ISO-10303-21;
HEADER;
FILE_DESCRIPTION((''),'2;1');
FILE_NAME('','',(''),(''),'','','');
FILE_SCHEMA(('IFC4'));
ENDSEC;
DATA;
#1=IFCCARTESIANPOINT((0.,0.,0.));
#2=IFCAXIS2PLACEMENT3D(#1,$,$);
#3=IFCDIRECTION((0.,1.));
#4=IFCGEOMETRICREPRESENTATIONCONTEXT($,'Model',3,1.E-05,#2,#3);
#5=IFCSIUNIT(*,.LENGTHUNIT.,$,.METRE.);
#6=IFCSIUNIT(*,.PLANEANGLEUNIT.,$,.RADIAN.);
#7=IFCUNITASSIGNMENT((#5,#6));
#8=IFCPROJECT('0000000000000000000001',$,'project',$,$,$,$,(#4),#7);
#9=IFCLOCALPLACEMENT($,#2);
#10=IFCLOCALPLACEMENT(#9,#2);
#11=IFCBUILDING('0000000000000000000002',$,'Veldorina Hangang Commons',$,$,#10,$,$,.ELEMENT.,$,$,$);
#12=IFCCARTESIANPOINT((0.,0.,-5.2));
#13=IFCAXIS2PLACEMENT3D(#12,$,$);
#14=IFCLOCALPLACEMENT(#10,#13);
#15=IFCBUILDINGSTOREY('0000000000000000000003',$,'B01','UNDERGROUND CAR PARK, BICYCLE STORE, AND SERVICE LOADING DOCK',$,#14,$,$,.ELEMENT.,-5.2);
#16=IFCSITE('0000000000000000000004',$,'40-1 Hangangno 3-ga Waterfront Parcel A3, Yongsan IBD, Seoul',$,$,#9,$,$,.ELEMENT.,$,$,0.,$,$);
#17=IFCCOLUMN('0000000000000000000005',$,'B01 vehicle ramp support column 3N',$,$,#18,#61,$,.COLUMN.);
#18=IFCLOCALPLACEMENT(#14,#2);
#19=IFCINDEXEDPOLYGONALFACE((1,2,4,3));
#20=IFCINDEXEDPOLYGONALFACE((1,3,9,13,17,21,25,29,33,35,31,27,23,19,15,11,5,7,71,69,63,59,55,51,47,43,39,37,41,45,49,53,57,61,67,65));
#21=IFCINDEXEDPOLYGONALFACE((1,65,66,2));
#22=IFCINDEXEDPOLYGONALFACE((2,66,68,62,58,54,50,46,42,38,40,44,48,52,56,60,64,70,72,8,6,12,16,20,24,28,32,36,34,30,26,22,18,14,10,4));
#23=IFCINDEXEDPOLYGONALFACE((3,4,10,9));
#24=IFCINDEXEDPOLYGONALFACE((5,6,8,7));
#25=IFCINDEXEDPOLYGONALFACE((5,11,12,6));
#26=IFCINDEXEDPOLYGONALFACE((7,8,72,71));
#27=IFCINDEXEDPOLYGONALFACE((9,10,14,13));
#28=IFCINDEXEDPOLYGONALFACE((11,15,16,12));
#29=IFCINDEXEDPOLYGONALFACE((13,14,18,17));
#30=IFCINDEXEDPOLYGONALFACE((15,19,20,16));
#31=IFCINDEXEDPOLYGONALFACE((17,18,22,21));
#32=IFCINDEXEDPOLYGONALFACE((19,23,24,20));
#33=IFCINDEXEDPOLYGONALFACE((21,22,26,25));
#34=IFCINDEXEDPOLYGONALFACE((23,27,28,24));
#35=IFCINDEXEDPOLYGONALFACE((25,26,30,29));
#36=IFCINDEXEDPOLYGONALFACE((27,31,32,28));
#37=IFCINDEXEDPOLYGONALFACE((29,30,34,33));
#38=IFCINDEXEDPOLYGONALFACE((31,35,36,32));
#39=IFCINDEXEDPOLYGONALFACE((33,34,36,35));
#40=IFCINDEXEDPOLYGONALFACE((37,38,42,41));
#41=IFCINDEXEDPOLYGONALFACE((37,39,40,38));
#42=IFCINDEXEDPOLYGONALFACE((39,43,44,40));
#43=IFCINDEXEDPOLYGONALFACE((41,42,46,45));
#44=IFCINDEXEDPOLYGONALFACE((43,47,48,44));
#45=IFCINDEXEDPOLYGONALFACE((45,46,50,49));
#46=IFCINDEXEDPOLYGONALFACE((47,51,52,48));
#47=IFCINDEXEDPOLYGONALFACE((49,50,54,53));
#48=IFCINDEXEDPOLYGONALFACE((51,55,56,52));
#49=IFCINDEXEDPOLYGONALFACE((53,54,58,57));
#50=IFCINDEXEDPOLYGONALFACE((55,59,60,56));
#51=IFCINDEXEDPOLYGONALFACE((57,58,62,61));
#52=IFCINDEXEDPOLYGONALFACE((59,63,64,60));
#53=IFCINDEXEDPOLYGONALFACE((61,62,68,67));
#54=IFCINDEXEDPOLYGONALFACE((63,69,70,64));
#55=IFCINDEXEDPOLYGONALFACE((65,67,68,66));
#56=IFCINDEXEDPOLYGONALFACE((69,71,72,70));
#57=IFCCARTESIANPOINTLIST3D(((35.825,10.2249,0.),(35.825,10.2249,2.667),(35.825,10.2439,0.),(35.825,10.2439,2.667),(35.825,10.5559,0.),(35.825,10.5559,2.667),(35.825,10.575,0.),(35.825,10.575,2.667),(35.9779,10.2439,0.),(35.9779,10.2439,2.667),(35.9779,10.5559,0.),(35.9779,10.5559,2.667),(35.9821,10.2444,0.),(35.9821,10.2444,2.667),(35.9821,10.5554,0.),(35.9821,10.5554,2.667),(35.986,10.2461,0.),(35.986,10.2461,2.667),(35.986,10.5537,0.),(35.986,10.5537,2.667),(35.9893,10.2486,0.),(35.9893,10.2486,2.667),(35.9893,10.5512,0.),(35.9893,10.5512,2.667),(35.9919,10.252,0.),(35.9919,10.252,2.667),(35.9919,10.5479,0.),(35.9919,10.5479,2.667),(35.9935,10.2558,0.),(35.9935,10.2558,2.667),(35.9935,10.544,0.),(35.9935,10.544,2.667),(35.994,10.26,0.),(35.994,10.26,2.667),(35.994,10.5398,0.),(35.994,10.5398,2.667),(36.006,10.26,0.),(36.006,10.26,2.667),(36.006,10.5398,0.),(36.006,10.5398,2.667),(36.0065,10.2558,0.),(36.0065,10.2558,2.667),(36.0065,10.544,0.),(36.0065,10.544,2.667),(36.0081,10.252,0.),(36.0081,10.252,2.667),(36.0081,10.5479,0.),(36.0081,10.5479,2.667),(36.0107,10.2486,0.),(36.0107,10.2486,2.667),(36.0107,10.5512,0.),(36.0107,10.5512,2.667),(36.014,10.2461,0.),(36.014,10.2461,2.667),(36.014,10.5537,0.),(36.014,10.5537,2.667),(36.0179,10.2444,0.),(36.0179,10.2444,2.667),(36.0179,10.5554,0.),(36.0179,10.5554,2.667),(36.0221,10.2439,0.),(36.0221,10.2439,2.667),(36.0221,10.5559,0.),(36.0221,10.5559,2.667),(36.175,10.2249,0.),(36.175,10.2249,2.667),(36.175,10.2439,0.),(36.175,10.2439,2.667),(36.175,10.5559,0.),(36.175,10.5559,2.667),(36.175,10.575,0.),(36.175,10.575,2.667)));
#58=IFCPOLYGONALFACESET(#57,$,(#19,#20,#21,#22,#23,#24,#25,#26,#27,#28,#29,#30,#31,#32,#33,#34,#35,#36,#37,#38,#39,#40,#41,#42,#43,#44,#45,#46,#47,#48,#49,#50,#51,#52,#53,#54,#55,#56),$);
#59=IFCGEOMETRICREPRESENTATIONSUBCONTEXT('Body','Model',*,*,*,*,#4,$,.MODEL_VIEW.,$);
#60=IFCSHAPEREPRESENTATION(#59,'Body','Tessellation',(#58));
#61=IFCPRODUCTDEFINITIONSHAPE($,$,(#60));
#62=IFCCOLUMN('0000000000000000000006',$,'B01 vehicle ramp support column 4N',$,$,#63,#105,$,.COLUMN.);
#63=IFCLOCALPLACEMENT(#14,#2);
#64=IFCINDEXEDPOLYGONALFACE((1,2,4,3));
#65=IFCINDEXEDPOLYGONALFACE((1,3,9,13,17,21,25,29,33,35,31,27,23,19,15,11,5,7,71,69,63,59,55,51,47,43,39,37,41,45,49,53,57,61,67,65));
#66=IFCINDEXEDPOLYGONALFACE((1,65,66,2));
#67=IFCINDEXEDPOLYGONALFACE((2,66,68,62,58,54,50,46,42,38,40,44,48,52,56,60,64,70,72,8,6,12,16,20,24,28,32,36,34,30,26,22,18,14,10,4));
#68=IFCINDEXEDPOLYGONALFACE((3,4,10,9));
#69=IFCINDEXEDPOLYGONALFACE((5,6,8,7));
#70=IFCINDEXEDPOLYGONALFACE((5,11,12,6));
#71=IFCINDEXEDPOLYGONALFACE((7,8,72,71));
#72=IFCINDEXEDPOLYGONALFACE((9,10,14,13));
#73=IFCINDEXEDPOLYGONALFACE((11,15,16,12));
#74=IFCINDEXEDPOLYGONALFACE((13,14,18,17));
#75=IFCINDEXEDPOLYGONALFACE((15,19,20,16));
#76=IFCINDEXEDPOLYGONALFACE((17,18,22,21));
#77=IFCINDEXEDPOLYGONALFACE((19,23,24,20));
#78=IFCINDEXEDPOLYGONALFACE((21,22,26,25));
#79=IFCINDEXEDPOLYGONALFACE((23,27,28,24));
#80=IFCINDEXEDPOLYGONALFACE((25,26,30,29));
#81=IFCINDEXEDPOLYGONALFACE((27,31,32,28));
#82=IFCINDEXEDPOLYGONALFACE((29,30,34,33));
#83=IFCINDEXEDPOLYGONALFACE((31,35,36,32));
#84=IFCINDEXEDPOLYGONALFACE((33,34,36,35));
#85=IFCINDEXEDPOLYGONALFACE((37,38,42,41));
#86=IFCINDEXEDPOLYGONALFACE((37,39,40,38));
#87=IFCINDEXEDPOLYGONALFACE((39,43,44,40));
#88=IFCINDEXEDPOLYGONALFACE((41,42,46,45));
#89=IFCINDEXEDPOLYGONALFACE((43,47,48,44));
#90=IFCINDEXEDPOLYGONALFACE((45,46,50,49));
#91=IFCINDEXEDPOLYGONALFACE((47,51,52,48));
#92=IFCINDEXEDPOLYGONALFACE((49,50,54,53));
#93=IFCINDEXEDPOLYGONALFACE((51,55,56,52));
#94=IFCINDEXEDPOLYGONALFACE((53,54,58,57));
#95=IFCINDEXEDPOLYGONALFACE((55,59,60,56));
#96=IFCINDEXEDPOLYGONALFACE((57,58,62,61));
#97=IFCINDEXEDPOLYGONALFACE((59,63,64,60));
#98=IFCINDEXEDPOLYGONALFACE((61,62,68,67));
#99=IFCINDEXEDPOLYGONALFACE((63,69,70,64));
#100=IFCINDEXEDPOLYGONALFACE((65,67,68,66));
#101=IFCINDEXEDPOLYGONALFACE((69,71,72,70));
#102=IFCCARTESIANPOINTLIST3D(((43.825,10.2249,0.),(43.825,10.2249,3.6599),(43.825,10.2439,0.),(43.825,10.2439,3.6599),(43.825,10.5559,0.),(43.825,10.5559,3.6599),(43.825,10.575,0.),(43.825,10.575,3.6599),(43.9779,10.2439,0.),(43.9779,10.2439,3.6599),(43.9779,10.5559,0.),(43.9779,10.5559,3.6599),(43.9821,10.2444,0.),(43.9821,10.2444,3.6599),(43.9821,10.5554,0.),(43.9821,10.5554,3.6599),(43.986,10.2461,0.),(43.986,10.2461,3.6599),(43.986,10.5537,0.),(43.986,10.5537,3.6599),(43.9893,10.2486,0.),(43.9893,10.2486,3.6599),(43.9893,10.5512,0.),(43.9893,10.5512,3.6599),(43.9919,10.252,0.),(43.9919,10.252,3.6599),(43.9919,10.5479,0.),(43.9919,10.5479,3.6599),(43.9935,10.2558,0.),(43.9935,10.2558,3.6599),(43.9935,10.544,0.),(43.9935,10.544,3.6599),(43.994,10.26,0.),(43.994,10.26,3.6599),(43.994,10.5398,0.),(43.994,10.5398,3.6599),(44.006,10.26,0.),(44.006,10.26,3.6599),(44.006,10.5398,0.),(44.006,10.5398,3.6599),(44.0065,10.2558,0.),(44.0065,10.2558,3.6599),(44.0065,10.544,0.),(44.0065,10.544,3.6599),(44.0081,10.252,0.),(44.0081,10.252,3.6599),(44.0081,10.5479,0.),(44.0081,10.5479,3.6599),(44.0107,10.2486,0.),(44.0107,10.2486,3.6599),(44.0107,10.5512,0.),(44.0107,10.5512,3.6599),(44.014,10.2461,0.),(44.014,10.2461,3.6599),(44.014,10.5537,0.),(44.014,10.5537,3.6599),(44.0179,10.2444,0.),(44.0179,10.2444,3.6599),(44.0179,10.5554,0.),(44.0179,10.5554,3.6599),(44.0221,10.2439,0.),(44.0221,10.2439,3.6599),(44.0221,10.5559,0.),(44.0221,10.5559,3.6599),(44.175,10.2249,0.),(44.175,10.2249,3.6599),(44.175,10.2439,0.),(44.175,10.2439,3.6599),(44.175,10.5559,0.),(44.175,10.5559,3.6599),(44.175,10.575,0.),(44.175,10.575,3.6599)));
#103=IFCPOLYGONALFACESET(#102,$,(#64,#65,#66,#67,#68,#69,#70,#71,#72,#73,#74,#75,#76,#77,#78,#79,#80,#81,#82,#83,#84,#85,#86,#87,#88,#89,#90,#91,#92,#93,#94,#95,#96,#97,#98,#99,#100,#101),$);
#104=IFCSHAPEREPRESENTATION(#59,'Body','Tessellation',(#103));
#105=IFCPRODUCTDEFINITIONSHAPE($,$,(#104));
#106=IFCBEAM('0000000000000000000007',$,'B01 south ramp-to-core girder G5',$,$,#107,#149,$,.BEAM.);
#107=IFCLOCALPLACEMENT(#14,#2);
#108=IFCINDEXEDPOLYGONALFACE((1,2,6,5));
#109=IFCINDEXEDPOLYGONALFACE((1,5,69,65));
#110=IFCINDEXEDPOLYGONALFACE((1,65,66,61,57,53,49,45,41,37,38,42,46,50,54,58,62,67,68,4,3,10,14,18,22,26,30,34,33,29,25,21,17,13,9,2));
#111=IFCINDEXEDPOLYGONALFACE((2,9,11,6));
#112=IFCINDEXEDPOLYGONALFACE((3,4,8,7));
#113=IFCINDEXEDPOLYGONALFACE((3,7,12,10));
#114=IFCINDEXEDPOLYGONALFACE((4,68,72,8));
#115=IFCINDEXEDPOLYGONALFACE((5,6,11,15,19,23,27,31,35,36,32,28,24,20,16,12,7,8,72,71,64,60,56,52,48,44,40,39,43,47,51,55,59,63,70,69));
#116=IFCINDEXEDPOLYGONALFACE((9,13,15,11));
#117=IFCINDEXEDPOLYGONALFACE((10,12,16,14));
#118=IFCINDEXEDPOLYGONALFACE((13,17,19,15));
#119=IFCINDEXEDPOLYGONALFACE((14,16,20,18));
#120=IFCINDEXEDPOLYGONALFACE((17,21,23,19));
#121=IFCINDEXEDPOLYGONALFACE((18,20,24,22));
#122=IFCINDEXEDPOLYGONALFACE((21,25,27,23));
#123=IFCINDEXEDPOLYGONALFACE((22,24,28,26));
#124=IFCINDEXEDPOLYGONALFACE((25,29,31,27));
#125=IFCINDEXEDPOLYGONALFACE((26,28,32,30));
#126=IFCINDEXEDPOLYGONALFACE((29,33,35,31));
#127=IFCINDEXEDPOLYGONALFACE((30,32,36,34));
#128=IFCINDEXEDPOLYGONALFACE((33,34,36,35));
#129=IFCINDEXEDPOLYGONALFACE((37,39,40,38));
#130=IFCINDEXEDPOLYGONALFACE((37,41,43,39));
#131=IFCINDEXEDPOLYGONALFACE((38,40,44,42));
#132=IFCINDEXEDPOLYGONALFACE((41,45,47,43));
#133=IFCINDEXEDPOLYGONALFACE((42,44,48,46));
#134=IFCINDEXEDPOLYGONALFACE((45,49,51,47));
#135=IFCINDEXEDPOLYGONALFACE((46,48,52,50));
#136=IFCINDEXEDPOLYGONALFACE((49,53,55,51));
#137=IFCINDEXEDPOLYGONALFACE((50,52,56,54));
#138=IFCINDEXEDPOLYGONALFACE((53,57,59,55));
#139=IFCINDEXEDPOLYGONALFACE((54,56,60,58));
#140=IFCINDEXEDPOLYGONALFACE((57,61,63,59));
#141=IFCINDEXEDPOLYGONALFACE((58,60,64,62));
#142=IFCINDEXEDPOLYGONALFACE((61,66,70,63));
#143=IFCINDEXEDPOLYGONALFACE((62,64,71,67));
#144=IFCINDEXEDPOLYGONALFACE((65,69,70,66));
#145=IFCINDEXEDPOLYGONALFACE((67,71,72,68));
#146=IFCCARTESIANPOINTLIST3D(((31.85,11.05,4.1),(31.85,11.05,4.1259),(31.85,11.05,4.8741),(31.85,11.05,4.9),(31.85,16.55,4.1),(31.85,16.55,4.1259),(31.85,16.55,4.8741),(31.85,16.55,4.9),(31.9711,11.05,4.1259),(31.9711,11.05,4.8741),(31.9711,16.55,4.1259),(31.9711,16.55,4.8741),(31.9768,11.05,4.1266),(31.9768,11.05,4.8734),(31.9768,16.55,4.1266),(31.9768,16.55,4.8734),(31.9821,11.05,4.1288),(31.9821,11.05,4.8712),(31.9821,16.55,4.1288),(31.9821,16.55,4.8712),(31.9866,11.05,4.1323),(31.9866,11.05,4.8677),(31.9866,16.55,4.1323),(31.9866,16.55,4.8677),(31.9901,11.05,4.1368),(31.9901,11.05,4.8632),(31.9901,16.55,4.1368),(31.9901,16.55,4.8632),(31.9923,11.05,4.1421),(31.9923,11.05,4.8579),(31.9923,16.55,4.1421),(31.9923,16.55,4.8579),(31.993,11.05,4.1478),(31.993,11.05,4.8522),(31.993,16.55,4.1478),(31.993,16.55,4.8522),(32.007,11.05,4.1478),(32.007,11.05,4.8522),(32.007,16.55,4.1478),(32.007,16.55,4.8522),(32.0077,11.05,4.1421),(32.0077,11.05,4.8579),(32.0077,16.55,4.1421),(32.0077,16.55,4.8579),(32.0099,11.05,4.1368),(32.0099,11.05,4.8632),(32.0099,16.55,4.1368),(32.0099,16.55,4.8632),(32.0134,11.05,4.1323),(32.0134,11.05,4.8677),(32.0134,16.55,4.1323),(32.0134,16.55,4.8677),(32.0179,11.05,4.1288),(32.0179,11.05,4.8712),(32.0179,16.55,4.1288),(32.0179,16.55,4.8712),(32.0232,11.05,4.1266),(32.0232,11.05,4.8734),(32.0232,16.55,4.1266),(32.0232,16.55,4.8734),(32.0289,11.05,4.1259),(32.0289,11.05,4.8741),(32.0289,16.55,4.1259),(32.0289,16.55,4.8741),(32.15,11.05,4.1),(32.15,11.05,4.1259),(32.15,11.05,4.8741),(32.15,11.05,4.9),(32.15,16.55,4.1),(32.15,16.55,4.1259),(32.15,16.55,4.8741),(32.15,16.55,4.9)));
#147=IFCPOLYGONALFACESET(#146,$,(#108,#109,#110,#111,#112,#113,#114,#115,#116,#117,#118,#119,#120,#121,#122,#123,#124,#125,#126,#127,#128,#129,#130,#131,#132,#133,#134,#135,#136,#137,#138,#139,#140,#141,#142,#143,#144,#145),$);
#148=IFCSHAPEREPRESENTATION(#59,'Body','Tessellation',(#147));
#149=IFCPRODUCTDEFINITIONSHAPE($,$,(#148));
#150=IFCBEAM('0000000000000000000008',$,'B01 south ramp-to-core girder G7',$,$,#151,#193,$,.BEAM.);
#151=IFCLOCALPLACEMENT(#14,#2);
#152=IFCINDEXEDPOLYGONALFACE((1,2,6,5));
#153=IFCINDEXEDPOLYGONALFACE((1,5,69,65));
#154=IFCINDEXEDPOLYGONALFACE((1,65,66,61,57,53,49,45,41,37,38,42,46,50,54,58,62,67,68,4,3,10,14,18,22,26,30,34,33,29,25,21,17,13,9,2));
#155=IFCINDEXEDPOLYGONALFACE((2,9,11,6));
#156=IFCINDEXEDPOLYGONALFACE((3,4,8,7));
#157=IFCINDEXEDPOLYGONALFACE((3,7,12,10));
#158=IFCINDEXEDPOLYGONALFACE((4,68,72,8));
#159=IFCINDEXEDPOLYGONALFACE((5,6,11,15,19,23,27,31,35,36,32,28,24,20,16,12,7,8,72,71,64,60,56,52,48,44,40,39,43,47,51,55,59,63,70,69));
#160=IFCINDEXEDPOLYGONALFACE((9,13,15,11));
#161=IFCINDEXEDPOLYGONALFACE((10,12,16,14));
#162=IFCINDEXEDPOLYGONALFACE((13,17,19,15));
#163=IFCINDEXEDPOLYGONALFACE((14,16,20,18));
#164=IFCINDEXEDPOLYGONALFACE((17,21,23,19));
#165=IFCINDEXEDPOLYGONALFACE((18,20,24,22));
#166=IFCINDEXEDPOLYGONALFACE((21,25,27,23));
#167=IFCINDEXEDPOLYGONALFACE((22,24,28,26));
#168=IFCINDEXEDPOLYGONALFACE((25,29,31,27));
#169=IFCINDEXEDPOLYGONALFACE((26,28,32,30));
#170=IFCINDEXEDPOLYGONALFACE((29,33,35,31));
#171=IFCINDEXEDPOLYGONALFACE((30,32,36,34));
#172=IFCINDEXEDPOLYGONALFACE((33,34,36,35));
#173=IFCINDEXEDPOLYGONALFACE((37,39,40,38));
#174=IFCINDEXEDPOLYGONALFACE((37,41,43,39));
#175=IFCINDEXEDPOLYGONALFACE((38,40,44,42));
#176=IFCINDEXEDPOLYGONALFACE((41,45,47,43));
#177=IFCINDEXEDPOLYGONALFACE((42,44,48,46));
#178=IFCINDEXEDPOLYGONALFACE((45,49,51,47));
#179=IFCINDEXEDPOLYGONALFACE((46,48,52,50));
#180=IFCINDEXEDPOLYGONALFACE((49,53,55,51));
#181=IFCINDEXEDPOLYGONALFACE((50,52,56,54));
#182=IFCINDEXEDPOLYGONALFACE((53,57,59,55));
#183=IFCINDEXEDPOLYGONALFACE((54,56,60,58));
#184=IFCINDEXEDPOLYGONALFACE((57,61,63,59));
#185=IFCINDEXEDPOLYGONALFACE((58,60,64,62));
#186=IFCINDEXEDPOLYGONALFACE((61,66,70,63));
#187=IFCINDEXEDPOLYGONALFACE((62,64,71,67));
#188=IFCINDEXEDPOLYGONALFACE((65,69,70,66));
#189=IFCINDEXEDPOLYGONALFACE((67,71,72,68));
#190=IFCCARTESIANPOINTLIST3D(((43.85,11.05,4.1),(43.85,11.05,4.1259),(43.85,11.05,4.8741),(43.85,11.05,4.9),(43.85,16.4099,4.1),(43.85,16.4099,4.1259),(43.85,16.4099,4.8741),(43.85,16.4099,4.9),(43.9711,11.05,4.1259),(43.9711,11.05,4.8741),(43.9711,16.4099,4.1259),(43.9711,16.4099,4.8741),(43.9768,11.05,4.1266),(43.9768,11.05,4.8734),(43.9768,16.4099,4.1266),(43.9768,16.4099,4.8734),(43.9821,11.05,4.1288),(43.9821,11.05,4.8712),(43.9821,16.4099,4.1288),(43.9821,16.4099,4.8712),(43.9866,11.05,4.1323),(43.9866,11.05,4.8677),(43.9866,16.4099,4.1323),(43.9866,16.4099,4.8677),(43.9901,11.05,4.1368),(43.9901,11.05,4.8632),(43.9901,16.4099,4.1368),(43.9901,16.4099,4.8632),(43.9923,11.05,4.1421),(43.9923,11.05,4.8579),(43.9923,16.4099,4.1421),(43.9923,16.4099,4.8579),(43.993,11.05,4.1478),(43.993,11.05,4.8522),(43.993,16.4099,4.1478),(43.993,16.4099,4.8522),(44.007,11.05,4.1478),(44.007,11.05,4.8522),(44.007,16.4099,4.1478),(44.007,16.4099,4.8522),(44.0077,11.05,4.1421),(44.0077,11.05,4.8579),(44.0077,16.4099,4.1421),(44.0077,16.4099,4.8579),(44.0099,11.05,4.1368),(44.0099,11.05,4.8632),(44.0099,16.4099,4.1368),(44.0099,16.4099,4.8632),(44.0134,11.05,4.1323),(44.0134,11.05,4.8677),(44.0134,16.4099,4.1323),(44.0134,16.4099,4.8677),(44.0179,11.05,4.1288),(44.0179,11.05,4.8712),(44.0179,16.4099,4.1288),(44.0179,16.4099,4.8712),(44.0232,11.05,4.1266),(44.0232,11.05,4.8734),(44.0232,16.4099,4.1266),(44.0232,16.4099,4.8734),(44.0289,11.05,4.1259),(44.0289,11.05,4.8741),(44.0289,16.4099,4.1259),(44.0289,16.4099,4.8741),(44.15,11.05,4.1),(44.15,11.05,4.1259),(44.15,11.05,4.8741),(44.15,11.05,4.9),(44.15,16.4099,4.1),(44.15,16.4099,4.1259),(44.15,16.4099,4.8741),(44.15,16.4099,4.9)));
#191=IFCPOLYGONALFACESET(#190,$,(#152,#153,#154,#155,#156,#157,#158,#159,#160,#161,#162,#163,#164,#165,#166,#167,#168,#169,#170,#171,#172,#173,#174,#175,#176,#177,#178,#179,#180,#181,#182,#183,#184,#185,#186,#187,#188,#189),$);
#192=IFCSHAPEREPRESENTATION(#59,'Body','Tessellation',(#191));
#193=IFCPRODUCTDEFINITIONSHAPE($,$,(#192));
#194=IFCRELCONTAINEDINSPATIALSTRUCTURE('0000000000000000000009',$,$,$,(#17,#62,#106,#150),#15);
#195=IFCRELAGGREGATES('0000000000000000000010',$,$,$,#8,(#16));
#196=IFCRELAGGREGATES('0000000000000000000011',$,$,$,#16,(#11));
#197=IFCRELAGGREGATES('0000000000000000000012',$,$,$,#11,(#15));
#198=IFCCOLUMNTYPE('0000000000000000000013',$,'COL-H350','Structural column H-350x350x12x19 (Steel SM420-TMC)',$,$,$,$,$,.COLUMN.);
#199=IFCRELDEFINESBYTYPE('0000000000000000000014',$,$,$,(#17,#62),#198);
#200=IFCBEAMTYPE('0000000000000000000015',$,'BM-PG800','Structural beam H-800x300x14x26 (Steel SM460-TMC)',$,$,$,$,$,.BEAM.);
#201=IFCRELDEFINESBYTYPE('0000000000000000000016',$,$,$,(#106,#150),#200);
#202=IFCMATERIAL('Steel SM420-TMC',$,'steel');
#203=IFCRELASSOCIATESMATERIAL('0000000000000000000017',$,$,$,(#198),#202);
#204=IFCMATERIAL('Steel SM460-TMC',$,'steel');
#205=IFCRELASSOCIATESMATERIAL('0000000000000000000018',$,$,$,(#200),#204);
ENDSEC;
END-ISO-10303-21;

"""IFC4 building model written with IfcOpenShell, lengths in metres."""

from ifc_helpers import new_model, si_unit, direction, frame, origin, origin_2d, place, context, subcontext, project, spatial, i_section, extrude, material, material_profile, profile_set, type_object, element, save


model = new_model("IFC4")

# Units and contexts
model_context = context("Model", 3, precision=1e-05, world=origin(), true_north=direction((0.0, 1.0)))
body_context = subcontext(model_context, "Body", "Model", "MODEL_VIEW")
ifc_project = project(units=[si_unit("LENGTHUNIT", "METRE"), si_unit("PLANEANGLEUNIT", "RADIAN")], contexts=[model_context])

# Site, building, storey
site_placement = place(None, origin())
site = spatial("IfcSite", under=ifc_project, at=site_placement, Name="40-1 Hangangno 3-ga Waterfront Parcel A3, Yongsan IBD, Seoul", CompositionType="ELEMENT", RefElevation=0.0)
building_placement = place(site_placement, origin())
building = spatial("IfcBuilding", under=site, at=building_placement, Name="Veldorina Hangang Commons", CompositionType="ELEMENT")
storey_placement = place(building_placement, frame((0.0, 0.0, -5.2)))
storey = spatial("IfcBuildingStorey", under=building, at=storey_placement, Name="B01", Description="UNDERGROUND CAR PARK, BICYCLE STORE, AND SERVICE LOADING DOCK", CompositionType="ELEMENT", Elevation=-5.2)

# Columns
ifc_material_1 = material(Name="Steel SM420-TMC", Category="steel")
ifc_material_profile_1 = material_profile(ifc_material_1, i_section(OverallWidth=0.3501, OverallDepth=0.3501, WebThickness=0.012, FlangeThickness=0.019, FilletRadius=0.0161, at=origin_2d()), Name="H-350x350x12x19")
ifc_profile_set_1 = profile_set([ifc_material_profile_1], Name="Steel SM420-TMC")
column_type = type_object("IfcColumnType", Name="COL-H350", Description="Structural column H-350x350x12x19 (Steel SM420-TMC)", PredefinedType="COLUMN", material=ifc_profile_set_1)
column_1_placement = place(storey_placement, frame((36.0, 10.3999, 0.0), z_axis=(0.0, 0.0, 1.0), x_axis=(1.0, 0.0, 0.0)))
element("IfcColumn", 1, at=column_1_placement, inside=storey, type_object=column_type, Name="B01 vehicle ramp support column 3N", PredefinedType="COLUMN", context=body_context, shape_type="SweptSolid", body=[
    extrude(i_section(OverallWidth=0.3501, OverallDepth=0.3501, WebThickness=0.012, FlangeThickness=0.019, FilletRadius=0.0161, at=origin_2d()), origin(), (0.0, 0.0, 1.0), 2.667),
])
column_2_placement = place(storey_placement, frame((44.0, 10.3999, 0.0), z_axis=(0.0, 0.0, 1.0), x_axis=(1.0, 0.0, 0.0)))
element("IfcColumn", 2, at=column_2_placement, inside=storey, type_object=column_type, Name="B01 vehicle ramp support column 4N", PredefinedType="COLUMN", context=body_context, shape_type="SweptSolid", body=[
    extrude(i_section(OverallWidth=0.3501, OverallDepth=0.3501, WebThickness=0.012, FlangeThickness=0.019, FilletRadius=0.0161, at=origin_2d()), origin(), (0.0, 0.0, 1.0), 3.6599),
])

# Beams
ifc_material_2 = material(Name="Steel SM460-TMC", Category="steel")
ifc_material_profile_2 = material_profile(ifc_material_2, i_section(OverallWidth=0.3, OverallDepth=0.8, WebThickness=0.0139, FlangeThickness=0.0259, FilletRadius=0.022, at=origin_2d()), Name="H-800x300x14x26")
ifc_profile_set_2 = profile_set([ifc_material_profile_2], Name="Steel SM460-TMC")
beam_type_1 = type_object("IfcBeamType", Name="BM-PG800", Description="Structural beam H-800x300x14x26 (Steel SM460-TMC)", PredefinedType="BEAM", material=ifc_profile_set_2)
beam_1_placement = place(storey_placement, frame((32.0, 11.05, 4.5), z_axis=(0.0, 1.0, 0.0), x_axis=(-1.0, 0.0, 0.0)))
element("IfcBeam", 3, at=beam_1_placement, inside=storey, type_object=beam_type_1, Name="B01 south ramp-to-core girder G5", PredefinedType="BEAM", context=body_context, shape_type="SweptSolid", body=[
    extrude(i_section(OverallWidth=0.3, OverallDepth=0.8, WebThickness=0.0139, FlangeThickness=0.0259, FilletRadius=0.022, at=origin_2d()), origin(), (0.0, 0.0, 1.0), 5.5),
])
beam_2_placement = place(storey_placement, frame((44.0, 11.05, 4.5), z_axis=(0.0, 1.0, 0.0), x_axis=(-1.0, 0.0, 0.0)))
element("IfcBeam", 4, at=beam_2_placement, inside=storey, type_object=beam_type_1, Name="B01 south ramp-to-core girder G7", PredefinedType="BEAM", context=body_context, shape_type="SweptSolid", body=[
    extrude(i_section(OverallWidth=0.3, OverallDepth=0.8, WebThickness=0.0139, FlangeThickness=0.0259, FilletRadius=0.022, at=origin_2d()), origin(), (0.0, 0.0, 1.0), 5.3599),
])

save(model, "model.ifc")
